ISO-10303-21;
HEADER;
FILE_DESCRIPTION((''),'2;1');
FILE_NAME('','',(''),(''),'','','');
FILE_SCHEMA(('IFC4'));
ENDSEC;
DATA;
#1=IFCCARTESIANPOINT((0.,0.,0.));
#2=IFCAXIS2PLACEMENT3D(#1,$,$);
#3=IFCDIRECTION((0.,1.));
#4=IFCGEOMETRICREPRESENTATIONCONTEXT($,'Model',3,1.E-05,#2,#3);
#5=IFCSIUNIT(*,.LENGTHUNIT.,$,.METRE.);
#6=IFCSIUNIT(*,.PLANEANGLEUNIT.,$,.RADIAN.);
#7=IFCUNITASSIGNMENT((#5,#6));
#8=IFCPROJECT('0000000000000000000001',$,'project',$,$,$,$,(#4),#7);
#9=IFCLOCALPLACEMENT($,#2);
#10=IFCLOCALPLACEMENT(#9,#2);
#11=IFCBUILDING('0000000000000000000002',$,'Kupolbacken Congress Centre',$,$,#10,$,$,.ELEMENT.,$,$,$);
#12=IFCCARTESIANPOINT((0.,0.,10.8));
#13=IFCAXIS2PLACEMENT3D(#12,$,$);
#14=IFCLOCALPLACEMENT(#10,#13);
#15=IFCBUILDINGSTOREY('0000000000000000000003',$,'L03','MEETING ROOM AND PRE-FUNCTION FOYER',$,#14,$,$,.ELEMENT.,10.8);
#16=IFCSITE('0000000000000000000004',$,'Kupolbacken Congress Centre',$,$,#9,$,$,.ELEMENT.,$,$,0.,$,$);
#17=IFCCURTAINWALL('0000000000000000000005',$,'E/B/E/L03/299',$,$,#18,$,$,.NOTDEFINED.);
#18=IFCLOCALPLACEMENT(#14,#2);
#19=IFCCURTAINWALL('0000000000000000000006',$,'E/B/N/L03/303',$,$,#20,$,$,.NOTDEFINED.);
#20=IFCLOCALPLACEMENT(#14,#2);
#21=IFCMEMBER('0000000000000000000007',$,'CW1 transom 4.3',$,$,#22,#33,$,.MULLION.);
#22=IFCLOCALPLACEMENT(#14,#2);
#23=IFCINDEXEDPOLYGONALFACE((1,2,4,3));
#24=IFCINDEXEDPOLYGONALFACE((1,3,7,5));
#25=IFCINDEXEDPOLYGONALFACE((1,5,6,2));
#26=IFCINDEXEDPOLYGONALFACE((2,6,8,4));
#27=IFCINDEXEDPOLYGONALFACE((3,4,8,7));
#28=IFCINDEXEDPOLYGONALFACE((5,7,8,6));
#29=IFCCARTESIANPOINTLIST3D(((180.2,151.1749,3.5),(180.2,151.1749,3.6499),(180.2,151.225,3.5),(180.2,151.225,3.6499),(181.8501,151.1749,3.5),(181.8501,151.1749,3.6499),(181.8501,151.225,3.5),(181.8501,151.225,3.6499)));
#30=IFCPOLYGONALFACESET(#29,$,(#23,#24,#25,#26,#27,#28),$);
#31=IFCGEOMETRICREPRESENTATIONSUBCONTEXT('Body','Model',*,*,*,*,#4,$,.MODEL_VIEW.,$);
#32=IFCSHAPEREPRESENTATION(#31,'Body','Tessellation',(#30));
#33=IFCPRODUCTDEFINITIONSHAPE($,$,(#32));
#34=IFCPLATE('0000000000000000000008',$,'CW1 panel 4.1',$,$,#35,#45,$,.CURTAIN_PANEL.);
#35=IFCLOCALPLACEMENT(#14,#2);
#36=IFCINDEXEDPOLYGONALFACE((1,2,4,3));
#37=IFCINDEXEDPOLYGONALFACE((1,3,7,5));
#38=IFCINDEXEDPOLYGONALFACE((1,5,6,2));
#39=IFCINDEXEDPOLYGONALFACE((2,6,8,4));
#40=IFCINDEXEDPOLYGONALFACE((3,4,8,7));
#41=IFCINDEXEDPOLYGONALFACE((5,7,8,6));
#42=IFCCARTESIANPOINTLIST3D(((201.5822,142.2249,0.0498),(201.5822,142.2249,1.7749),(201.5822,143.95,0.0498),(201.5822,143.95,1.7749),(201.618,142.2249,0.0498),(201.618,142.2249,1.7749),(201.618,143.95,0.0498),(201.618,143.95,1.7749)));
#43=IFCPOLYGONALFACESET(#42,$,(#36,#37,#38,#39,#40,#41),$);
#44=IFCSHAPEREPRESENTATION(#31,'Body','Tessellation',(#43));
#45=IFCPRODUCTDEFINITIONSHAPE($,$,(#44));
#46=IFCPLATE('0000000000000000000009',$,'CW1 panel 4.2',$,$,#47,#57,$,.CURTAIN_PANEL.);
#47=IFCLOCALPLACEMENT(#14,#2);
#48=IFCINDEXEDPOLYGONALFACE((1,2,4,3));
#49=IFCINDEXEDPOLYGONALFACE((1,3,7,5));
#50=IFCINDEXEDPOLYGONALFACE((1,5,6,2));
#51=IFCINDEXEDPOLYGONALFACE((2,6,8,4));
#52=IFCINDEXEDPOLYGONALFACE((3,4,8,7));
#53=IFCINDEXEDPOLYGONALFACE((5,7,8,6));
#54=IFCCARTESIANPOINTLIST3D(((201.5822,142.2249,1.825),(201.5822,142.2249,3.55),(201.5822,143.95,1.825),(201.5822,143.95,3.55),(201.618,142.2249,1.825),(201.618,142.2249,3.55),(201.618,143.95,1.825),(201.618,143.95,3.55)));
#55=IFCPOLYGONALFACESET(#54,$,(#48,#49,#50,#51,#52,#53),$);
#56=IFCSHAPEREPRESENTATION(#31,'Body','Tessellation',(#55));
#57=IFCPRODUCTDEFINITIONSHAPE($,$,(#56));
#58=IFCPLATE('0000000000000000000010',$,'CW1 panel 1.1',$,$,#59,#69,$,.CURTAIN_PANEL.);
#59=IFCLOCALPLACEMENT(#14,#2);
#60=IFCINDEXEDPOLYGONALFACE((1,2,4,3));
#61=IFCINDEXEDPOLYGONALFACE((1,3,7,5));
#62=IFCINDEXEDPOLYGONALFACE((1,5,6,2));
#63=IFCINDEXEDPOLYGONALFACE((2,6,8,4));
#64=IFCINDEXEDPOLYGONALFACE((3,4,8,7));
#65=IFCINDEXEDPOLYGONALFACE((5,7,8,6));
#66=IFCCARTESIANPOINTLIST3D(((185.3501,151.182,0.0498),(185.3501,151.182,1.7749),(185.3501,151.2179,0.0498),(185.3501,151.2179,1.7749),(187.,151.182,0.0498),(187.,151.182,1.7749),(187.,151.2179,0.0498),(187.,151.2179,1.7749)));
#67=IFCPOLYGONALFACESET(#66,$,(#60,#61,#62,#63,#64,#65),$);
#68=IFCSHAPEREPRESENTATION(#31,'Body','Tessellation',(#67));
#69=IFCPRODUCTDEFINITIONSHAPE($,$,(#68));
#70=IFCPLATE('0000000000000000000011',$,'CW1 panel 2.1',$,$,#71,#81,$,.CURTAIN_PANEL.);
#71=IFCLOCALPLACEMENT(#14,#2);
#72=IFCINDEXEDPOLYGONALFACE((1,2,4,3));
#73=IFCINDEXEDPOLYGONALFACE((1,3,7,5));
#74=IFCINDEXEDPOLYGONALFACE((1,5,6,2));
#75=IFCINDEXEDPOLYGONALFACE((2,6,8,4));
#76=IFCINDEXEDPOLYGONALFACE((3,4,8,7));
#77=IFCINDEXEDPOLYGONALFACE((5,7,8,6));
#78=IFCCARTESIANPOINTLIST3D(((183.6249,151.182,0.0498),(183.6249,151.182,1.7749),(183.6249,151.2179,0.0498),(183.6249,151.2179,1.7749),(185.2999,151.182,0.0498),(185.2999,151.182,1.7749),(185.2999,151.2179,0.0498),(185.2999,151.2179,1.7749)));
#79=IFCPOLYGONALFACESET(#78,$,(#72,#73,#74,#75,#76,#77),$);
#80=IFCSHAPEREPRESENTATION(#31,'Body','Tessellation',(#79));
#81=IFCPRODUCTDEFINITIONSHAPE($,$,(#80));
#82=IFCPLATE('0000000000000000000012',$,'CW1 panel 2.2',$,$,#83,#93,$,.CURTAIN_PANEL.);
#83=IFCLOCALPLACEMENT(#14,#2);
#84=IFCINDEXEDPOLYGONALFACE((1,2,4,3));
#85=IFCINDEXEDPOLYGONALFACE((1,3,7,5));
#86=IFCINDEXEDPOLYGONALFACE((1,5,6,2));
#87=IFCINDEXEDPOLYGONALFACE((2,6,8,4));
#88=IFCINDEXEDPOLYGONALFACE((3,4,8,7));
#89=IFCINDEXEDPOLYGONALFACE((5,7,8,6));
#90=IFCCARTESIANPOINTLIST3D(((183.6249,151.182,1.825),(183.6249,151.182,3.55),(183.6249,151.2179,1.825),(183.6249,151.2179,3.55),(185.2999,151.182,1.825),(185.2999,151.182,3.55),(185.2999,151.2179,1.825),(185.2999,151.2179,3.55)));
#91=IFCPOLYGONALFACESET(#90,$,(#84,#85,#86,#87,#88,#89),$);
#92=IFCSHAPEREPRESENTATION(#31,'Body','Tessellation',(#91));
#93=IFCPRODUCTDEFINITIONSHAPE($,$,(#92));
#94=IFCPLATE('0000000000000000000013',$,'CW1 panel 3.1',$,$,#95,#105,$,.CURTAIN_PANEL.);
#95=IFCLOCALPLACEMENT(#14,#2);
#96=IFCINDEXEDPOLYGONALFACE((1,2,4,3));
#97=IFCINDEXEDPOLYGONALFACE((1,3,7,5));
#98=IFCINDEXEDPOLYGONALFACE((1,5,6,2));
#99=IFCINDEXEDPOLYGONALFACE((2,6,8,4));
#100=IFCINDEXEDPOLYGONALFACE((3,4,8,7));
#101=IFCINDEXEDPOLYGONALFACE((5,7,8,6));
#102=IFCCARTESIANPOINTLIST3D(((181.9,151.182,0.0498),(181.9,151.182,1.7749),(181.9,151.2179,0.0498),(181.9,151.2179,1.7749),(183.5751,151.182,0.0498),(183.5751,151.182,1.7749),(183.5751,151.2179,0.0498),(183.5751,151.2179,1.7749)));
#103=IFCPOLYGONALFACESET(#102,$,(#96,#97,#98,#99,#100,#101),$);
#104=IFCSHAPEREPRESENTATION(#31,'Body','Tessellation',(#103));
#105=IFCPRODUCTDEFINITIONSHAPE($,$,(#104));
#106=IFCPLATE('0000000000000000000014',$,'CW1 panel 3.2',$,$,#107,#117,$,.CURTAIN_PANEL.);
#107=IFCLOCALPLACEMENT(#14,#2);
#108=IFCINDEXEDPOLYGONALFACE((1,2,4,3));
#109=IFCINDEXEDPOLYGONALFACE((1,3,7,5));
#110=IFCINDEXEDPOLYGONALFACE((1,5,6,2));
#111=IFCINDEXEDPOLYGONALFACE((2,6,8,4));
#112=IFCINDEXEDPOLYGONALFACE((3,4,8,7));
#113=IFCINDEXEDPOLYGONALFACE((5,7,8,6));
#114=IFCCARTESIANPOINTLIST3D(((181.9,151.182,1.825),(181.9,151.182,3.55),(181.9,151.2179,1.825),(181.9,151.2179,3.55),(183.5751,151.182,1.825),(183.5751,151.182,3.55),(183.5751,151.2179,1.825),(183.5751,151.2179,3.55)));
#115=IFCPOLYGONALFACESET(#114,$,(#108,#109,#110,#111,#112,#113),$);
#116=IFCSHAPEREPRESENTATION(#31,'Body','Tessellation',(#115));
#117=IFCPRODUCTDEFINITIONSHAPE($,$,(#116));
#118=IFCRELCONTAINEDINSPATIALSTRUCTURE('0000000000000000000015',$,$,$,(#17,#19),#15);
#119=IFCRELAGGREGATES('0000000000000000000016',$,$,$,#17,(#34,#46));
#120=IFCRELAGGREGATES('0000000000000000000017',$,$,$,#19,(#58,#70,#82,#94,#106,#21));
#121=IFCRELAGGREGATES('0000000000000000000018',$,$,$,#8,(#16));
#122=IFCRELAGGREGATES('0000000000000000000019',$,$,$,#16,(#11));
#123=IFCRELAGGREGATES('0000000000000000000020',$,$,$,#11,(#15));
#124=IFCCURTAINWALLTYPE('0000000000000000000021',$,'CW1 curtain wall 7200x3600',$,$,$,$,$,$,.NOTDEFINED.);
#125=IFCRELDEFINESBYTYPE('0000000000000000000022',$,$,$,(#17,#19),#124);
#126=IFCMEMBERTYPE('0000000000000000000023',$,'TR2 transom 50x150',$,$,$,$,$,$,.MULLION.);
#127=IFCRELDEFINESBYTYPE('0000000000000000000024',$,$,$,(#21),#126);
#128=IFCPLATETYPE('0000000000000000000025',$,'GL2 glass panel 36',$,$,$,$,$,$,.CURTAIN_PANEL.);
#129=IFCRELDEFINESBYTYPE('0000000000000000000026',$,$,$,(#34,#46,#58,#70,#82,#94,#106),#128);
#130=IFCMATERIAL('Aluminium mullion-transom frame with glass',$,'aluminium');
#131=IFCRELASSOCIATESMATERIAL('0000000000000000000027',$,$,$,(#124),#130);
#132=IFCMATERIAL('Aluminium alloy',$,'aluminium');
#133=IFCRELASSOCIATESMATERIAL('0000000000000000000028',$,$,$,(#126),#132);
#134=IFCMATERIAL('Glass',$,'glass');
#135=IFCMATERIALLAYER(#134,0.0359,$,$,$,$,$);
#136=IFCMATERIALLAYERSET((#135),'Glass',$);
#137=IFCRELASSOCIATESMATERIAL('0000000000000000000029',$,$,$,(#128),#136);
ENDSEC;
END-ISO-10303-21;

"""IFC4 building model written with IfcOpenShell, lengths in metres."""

from ifc_helpers import new_model, si_unit, direction, frame, origin, origin_2d, place, context, subcontext, project, spatial, rectangle, extrude, material, layer, layer_set, material_profile, profile_set, type_object, element, aggregate, save


model = new_model("IFC4")

# Units and contexts
model_context = context("Model", 3, precision=1e-05, world=origin(), true_north=direction((0.0, 1.0)))
body_context = subcontext(model_context, "Body", "Model", "MODEL_VIEW")
ifc_project = project(units=[si_unit("LENGTHUNIT", "METRE"), si_unit("PLANEANGLEUNIT", "RADIAN")], contexts=[model_context])

# Site, building, storey
site_placement = place(None, origin())
site = spatial("IfcSite", under=ifc_project, at=site_placement, Name="Kupolbacken Congress Centre", CompositionType="ELEMENT", RefElevation=0.0)
building_placement = place(site_placement, origin())
building = spatial("IfcBuilding", under=site, at=building_placement, Name="Kupolbacken Congress Centre", CompositionType="ELEMENT")
storey_placement = place(building_placement, frame((0.0, 0.0, 10.8)))
storey = spatial("IfcBuildingStorey", under=building, at=storey_placement, Name="L03", Description="MEETING ROOM AND PRE-FUNCTION FOYER", CompositionType="ELEMENT", Elevation=10.8)

# Curtain wall
ifc_material_1 = material(Name="Aluminium mullion-transom frame with glass", Category="aluminium")
curtain_wall_type = type_object("IfcCurtainWallType", Name="CW1 curtain wall 7200x3600", PredefinedType="NOTDEFINED", material=ifc_material_1)
curtain_wall_1_placement = place(storey_placement, origin())
curtain_wall_1 = element("IfcCurtainWall", 1, at=curtain_wall_1_placement, inside=storey, type_object=curtain_wall_type, Name="E/B/E/L03/299", PredefinedType="NOTDEFINED")

# Curtain wall
curtain_wall_2_placement = place(storey_placement, origin())
curtain_wall_2 = element("IfcCurtainWall", 2, at=curtain_wall_2_placement, inside=storey, type_object=curtain_wall_type, Name="E/B/N/L03/303", PredefinedType="NOTDEFINED")

# Member
ifc_material_2 = material(Name="Aluminium alloy", Category="aluminium")
ifc_material_profile_1 = material_profile(ifc_material_2, rectangle(XDim=0.05, YDim=0.1499, at=origin_2d()), Name="50 x 150")
ifc_profile_set_1 = profile_set([ifc_material_profile_1], Name="Aluminium alloy")
member_type_1 = type_object("IfcMemberType", Name="TR2 transom 50x150", PredefinedType="MULLION", material=ifc_profile_set_1)
member_1_placement = place(storey_placement, frame((181.8501, 151.2, 3.575), z_axis=(-1.0, 0.0, 0.0), x_axis=(0.0, -1.0, 0.0)))
member_1 = element("IfcMember", 3, at=member_1_placement, type_object=member_type_1, Name="CW1 transom 4.3", PredefinedType="MULLION", context=body_context, shape_type="SweptSolid", body=[
    extrude(rectangle(XDim=0.05, YDim=0.1499, at=origin_2d()), origin(), (0.0, 0.0, 1.0), 1.6501),
])

# Plates
ifc_material_3 = material(Name="Glass", Category="glass")
ifc_layer = layer(ifc_material_3, 0.0359)
ifc_layer_set = layer_set([ifc_layer], Name="Glass")
plate_type = type_object("IfcPlateType", Name="GL2 glass panel 36", PredefinedType="CURTAIN_PANEL", material=ifc_layer_set)
plate_1_placement = place(storey_placement, frame((201.6001, 143.0874, 0.0498), z_axis=(0.0, 0.0, 1.0), x_axis=(0.0, 1.0, 0.0)))
plate_1 = element("IfcPlate", 4, at=plate_1_placement, type_object=plate_type, Name="CW1 panel 4.1", PredefinedType="CURTAIN_PANEL", context=body_context, shape_type="SweptSolid", body=[
    extrude(rectangle(XDim=1.7251, YDim=0.0359, at=origin_2d()), origin(), (0.0, 0.0, 1.0), 1.7251),
])
plate_2_placement = place(storey_placement, frame((201.6001, 143.0874, 1.825), z_axis=(0.0, 0.0, 1.0), x_axis=(0.0, 1.0, 0.0)))
plate_2 = element("IfcPlate", 5, at=plate_2_placement, type_object=plate_type, Name="CW1 panel 4.2", PredefinedType="CURTAIN_PANEL", context=body_context, shape_type="SweptSolid", body=[
    extrude(rectangle(XDim=1.7251, YDim=0.0359, at=origin_2d()), origin(), (0.0, 0.0, 1.0), 1.7251),
])
aggregate(curtain_wall_1, [plate_1, plate_2])
plate_3_placement = place(storey_placement, frame((186.175, 151.2, 0.0498), z_axis=(0.0, 0.0, 1.0), x_axis=(-1.0, 0.0, 0.0)))
plate_3 = element("IfcPlate", 6, at=plate_3_placement, type_object=plate_type, Name="CW1 panel 1.1", PredefinedType="CURTAIN_PANEL", context=body_context, shape_type="SweptSolid", body=[
    extrude(rectangle(XDim=1.6499, YDim=0.0359, at=origin_2d()), origin(), (0.0, 0.0, 1.0), 1.7251),
])
plate_4_placement = place(storey_placement, frame((184.4624, 151.2, 0.0498), z_axis=(0.0, 0.0, 1.0), x_axis=(-1.0, 0.0, 0.0)))
plate_4 = element("IfcPlate", 7, at=plate_4_placement, type_object=plate_type, Name="CW1 panel 2.1", PredefinedType="CURTAIN_PANEL", context=body_context, shape_type="SweptSolid", body=[
    extrude(rectangle(XDim=1.675, YDim=0.0359, at=origin_2d()), origin(), (0.0, 0.0, 1.0), 1.7251),
])
plate_5_placement = place(storey_placement, frame((184.4624, 151.2, 1.825), z_axis=(0.0, 0.0, 1.0), x_axis=(-1.0, 0.0, 0.0)))
plate_5 = element("IfcPlate", 8, at=plate_5_placement, type_object=plate_type, Name="CW1 panel 2.2", PredefinedType="CURTAIN_PANEL", context=body_context, shape_type="SweptSolid", body=[
    extrude(rectangle(XDim=1.675, YDim=0.0359, at=origin_2d()), origin(), (0.0, 0.0, 1.0), 1.7251),
])
plate_6_placement = place(storey_placement, frame((182.7375, 151.2, 0.0498), z_axis=(0.0, 0.0, 1.0), x_axis=(-1.0, 0.0, 0.0)))
plate_6 = element("IfcPlate", 9, at=plate_6_placement, type_object=plate_type, Name="CW1 panel 3.1", PredefinedType="CURTAIN_PANEL", context=body_context, shape_type="SweptSolid", body=[
    extrude(rectangle(XDim=1.675, YDim=0.0359, at=origin_2d()), origin(), (0.0, 0.0, 1.0), 1.7251),
])
plate_7_placement = place(storey_placement, frame((182.7375, 151.2, 1.825), z_axis=(0.0, 0.0, 1.0), x_axis=(-1.0, 0.0, 0.0)))
plate_7 = element("IfcPlate", 10, at=plate_7_placement, type_object=plate_type, Name="CW1 panel 3.2", PredefinedType="CURTAIN_PANEL", context=body_context, shape_type="SweptSolid", body=[
    extrude(rectangle(XDim=1.675, YDim=0.0359, at=origin_2d()), origin(), (0.0, 0.0, 1.0), 1.7251),
])
aggregate(curtain_wall_2, [plate_3, plate_4, plate_5, plate_6, plate_7, member_1])

save(model, "model.ifc")
